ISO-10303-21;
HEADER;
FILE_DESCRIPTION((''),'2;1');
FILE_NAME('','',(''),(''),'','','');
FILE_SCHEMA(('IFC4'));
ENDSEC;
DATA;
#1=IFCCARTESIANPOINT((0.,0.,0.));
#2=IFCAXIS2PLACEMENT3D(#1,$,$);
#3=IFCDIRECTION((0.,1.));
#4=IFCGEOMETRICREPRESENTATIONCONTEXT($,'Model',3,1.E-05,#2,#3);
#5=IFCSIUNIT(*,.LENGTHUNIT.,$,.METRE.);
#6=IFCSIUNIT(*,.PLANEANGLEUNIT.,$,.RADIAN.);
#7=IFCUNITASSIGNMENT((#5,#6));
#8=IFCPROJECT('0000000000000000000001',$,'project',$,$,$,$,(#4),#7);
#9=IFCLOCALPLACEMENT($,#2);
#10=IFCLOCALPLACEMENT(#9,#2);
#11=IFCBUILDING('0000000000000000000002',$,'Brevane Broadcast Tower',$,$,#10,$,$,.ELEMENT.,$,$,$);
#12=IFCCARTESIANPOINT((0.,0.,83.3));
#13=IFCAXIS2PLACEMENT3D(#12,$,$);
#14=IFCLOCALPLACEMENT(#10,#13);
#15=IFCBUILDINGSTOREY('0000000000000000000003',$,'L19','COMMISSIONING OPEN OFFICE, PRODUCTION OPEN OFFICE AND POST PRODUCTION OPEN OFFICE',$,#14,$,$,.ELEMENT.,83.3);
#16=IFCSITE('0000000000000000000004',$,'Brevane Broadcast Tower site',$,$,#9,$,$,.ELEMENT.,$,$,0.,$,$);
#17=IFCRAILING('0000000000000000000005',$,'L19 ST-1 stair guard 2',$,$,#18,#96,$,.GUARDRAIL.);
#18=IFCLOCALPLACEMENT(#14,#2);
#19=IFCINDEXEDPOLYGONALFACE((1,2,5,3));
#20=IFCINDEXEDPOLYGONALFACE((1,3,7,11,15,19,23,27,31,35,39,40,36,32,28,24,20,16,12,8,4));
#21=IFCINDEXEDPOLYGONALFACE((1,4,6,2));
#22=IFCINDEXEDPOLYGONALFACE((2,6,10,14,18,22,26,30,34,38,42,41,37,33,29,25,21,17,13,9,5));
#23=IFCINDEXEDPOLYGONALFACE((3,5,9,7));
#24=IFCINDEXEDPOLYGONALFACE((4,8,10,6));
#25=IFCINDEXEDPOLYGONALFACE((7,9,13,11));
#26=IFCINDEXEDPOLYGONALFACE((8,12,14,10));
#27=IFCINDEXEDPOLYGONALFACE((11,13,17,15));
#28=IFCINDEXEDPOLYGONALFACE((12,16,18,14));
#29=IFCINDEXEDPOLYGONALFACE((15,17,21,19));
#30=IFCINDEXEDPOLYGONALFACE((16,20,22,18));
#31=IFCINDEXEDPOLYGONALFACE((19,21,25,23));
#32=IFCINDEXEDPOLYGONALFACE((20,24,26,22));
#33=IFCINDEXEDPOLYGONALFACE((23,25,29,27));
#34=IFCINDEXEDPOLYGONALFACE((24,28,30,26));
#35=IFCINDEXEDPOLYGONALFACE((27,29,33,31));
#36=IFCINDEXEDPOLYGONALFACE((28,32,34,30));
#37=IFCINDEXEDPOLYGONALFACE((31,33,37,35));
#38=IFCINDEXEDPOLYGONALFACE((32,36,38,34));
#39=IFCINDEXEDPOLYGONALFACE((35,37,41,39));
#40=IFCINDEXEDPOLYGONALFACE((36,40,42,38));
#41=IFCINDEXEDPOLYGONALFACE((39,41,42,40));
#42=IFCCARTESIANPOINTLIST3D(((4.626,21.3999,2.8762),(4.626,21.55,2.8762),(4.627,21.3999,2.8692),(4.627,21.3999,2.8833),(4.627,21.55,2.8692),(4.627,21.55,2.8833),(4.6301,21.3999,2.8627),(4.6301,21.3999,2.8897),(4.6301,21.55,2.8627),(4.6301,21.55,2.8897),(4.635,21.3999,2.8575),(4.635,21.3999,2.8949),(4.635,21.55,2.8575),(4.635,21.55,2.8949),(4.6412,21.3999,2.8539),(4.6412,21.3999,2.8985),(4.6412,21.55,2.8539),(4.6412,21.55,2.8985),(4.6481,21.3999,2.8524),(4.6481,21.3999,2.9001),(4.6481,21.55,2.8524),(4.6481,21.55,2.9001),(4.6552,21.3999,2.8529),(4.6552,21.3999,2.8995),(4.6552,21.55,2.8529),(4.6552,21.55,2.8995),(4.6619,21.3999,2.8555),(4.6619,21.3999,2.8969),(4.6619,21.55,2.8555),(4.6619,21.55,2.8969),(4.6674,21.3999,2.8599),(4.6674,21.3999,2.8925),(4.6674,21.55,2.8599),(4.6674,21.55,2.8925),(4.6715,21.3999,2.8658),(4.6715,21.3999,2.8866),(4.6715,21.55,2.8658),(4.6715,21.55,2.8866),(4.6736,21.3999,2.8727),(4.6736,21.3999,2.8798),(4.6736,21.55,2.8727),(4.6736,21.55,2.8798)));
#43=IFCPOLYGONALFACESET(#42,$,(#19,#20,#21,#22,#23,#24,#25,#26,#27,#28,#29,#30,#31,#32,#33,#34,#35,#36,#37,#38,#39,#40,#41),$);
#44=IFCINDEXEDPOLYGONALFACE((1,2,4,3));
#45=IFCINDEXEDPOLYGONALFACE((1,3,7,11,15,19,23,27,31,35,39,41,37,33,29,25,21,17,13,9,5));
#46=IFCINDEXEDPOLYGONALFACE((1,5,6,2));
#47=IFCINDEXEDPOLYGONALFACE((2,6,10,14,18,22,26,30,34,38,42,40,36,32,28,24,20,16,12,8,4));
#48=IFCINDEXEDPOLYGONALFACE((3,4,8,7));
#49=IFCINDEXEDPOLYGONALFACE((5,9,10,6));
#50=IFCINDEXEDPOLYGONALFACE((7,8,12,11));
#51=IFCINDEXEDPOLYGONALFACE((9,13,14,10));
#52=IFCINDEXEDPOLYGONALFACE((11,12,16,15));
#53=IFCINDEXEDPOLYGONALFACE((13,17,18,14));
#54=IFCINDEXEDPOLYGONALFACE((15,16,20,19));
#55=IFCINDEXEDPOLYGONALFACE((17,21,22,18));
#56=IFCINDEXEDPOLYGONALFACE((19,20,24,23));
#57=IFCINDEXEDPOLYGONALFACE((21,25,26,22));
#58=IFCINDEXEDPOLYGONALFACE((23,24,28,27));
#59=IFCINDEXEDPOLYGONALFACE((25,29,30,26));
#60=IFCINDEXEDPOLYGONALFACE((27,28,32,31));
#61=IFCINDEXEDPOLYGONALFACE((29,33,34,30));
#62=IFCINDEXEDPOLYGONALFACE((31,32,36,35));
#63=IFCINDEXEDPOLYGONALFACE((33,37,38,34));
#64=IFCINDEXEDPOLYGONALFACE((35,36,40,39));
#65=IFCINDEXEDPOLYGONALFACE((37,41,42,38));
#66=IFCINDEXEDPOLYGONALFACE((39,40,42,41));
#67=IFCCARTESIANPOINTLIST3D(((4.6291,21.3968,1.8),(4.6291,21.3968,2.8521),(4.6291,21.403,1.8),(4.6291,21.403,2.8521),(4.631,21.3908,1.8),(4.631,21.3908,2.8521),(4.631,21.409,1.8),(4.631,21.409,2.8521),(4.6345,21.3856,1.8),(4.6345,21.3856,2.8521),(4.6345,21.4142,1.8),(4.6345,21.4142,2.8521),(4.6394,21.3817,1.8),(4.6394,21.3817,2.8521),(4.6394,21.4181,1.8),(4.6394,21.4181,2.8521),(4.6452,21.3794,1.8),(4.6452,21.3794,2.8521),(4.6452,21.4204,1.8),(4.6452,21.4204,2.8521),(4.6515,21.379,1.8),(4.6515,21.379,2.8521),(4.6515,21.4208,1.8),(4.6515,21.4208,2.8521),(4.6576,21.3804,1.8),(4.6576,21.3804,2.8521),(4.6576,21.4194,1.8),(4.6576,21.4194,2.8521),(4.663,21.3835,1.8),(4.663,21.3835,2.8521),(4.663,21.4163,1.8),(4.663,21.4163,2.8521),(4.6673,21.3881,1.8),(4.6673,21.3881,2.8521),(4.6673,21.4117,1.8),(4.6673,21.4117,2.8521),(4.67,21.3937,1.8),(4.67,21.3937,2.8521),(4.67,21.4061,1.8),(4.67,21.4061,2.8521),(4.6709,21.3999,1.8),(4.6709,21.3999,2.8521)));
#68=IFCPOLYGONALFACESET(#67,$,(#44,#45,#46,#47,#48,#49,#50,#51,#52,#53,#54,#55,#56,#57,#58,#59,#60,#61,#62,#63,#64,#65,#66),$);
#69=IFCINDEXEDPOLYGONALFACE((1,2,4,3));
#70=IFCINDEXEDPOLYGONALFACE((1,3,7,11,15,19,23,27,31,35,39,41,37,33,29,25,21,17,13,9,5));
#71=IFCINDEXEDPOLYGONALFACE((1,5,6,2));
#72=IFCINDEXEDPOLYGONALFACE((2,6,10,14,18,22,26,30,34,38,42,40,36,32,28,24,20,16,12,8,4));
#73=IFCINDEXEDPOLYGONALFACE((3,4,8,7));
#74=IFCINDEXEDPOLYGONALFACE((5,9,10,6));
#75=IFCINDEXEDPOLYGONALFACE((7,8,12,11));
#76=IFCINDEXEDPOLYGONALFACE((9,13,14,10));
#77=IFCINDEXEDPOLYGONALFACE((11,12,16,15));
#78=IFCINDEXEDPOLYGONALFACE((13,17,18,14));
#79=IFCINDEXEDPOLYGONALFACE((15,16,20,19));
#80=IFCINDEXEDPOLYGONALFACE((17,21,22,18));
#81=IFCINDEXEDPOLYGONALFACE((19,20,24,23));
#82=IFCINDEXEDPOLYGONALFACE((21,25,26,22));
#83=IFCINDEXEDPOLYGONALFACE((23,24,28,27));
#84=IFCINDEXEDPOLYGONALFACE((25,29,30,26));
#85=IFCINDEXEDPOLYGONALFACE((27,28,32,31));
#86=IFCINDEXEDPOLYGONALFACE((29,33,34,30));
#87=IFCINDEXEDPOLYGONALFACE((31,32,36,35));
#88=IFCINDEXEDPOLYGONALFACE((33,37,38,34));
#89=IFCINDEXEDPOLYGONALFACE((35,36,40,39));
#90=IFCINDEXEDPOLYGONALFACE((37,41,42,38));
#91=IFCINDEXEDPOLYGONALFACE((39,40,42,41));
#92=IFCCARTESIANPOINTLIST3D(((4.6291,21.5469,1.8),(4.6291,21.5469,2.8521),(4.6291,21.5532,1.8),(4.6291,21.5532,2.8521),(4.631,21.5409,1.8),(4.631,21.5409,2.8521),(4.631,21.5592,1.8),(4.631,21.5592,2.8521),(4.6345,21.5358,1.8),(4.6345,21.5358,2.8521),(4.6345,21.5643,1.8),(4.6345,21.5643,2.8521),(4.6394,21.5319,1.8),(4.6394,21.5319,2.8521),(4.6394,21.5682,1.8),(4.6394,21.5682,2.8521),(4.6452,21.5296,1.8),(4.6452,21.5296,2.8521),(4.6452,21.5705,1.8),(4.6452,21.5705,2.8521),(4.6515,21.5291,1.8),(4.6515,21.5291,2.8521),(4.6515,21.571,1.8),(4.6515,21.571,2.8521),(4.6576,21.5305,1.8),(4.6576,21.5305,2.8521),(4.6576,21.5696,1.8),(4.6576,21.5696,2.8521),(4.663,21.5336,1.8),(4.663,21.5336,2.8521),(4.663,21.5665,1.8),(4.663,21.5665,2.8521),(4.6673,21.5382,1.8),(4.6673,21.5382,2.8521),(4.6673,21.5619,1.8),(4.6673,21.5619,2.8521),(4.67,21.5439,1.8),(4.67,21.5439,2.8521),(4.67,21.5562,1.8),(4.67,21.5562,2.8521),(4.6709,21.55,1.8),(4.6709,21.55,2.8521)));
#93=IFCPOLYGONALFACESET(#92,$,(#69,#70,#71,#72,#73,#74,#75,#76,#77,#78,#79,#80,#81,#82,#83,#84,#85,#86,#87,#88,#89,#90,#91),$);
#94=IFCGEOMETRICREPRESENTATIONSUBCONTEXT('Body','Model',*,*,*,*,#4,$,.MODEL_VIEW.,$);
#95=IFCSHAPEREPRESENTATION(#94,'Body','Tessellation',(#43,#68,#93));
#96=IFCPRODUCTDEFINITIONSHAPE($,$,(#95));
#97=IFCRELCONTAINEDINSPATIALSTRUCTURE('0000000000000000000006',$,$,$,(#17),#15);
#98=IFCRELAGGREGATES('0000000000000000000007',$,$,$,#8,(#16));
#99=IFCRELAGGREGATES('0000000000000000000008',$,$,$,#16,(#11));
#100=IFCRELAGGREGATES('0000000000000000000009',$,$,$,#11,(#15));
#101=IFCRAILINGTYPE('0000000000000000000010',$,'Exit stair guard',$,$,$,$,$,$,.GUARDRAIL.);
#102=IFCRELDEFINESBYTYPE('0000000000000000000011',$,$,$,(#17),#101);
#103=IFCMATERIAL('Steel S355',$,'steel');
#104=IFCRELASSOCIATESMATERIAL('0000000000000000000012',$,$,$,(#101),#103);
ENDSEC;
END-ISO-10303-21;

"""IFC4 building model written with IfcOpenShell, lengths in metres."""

from ifc_helpers import new_model, si_unit, direction, frame, origin, origin_2d, place, context, subcontext, project, spatial, circle, extrude, material, type_object, element, save


model = new_model("IFC4")

# Units and contexts
model_context = context("Model", 3, precision=1e-05, world=origin(), true_north=direction((0.0, 1.0)))
body_context = subcontext(model_context, "Body", "Model", "MODEL_VIEW")
ifc_project = project(units=[si_unit("LENGTHUNIT", "METRE"), si_unit("PLANEANGLEUNIT", "RADIAN")], contexts=[model_context])

# Site, building, storey
site_placement = place(None, origin())
site = spatial("IfcSite", under=ifc_project, at=site_placement, Name="Brevane Broadcast Tower site", CompositionType="ELEMENT", RefElevation=0.0)
building_placement = place(site_placement, origin())
building = spatial("IfcBuilding", under=site, at=building_placement, Name="Brevane Broadcast Tower", CompositionType="ELEMENT")
storey_placement = place(building_placement, frame((0.0, 0.0, 83.3)))
storey = spatial("IfcBuildingStorey", under=building, at=storey_placement, Name="L19", Description="COMMISSIONING OPEN OFFICE, PRODUCTION OPEN OFFICE AND POST PRODUCTION OPEN OFFICE", CompositionType="ELEMENT", Elevation=83.3)

# Railing
ifc_material_1 = material(Name="Steel S355", Category="steel")
railing_type_1 = type_object("IfcRailingType", Name="Exit stair guard", PredefinedType="GUARDRAIL", material=ifc_material_1)
railing_1_placement = place(storey_placement, frame((4.6499, 21.3999, 1.8)))
element("IfcRailing", 1, at=railing_1_placement, inside=storey, type_object=railing_type_1, Name="L19 ST-1 stair guard 2", PredefinedType="GUARDRAIL", context=body_context, shape_type="SweptSolid", body=[
    extrude(circle(Radius=0.0239, at=origin_2d()), frame((0.0, 0.0, 1.0762), z_axis=(0.0, 1.0, 0.0), x_axis=(-1.0, 0.0, 0.0)), (0.0, 0.0, 1.0), 0.1501),
    extrude(circle(Radius=0.021, at=origin_2d()), origin(), (0.0, 0.0, 1.0), 1.052),
    extrude(circle(Radius=0.021, at=origin_2d()), frame((0.0, 0.1501, 0.0)), (0.0, 0.0, 1.0), 1.052),
])

save(model, "model.ifc")
